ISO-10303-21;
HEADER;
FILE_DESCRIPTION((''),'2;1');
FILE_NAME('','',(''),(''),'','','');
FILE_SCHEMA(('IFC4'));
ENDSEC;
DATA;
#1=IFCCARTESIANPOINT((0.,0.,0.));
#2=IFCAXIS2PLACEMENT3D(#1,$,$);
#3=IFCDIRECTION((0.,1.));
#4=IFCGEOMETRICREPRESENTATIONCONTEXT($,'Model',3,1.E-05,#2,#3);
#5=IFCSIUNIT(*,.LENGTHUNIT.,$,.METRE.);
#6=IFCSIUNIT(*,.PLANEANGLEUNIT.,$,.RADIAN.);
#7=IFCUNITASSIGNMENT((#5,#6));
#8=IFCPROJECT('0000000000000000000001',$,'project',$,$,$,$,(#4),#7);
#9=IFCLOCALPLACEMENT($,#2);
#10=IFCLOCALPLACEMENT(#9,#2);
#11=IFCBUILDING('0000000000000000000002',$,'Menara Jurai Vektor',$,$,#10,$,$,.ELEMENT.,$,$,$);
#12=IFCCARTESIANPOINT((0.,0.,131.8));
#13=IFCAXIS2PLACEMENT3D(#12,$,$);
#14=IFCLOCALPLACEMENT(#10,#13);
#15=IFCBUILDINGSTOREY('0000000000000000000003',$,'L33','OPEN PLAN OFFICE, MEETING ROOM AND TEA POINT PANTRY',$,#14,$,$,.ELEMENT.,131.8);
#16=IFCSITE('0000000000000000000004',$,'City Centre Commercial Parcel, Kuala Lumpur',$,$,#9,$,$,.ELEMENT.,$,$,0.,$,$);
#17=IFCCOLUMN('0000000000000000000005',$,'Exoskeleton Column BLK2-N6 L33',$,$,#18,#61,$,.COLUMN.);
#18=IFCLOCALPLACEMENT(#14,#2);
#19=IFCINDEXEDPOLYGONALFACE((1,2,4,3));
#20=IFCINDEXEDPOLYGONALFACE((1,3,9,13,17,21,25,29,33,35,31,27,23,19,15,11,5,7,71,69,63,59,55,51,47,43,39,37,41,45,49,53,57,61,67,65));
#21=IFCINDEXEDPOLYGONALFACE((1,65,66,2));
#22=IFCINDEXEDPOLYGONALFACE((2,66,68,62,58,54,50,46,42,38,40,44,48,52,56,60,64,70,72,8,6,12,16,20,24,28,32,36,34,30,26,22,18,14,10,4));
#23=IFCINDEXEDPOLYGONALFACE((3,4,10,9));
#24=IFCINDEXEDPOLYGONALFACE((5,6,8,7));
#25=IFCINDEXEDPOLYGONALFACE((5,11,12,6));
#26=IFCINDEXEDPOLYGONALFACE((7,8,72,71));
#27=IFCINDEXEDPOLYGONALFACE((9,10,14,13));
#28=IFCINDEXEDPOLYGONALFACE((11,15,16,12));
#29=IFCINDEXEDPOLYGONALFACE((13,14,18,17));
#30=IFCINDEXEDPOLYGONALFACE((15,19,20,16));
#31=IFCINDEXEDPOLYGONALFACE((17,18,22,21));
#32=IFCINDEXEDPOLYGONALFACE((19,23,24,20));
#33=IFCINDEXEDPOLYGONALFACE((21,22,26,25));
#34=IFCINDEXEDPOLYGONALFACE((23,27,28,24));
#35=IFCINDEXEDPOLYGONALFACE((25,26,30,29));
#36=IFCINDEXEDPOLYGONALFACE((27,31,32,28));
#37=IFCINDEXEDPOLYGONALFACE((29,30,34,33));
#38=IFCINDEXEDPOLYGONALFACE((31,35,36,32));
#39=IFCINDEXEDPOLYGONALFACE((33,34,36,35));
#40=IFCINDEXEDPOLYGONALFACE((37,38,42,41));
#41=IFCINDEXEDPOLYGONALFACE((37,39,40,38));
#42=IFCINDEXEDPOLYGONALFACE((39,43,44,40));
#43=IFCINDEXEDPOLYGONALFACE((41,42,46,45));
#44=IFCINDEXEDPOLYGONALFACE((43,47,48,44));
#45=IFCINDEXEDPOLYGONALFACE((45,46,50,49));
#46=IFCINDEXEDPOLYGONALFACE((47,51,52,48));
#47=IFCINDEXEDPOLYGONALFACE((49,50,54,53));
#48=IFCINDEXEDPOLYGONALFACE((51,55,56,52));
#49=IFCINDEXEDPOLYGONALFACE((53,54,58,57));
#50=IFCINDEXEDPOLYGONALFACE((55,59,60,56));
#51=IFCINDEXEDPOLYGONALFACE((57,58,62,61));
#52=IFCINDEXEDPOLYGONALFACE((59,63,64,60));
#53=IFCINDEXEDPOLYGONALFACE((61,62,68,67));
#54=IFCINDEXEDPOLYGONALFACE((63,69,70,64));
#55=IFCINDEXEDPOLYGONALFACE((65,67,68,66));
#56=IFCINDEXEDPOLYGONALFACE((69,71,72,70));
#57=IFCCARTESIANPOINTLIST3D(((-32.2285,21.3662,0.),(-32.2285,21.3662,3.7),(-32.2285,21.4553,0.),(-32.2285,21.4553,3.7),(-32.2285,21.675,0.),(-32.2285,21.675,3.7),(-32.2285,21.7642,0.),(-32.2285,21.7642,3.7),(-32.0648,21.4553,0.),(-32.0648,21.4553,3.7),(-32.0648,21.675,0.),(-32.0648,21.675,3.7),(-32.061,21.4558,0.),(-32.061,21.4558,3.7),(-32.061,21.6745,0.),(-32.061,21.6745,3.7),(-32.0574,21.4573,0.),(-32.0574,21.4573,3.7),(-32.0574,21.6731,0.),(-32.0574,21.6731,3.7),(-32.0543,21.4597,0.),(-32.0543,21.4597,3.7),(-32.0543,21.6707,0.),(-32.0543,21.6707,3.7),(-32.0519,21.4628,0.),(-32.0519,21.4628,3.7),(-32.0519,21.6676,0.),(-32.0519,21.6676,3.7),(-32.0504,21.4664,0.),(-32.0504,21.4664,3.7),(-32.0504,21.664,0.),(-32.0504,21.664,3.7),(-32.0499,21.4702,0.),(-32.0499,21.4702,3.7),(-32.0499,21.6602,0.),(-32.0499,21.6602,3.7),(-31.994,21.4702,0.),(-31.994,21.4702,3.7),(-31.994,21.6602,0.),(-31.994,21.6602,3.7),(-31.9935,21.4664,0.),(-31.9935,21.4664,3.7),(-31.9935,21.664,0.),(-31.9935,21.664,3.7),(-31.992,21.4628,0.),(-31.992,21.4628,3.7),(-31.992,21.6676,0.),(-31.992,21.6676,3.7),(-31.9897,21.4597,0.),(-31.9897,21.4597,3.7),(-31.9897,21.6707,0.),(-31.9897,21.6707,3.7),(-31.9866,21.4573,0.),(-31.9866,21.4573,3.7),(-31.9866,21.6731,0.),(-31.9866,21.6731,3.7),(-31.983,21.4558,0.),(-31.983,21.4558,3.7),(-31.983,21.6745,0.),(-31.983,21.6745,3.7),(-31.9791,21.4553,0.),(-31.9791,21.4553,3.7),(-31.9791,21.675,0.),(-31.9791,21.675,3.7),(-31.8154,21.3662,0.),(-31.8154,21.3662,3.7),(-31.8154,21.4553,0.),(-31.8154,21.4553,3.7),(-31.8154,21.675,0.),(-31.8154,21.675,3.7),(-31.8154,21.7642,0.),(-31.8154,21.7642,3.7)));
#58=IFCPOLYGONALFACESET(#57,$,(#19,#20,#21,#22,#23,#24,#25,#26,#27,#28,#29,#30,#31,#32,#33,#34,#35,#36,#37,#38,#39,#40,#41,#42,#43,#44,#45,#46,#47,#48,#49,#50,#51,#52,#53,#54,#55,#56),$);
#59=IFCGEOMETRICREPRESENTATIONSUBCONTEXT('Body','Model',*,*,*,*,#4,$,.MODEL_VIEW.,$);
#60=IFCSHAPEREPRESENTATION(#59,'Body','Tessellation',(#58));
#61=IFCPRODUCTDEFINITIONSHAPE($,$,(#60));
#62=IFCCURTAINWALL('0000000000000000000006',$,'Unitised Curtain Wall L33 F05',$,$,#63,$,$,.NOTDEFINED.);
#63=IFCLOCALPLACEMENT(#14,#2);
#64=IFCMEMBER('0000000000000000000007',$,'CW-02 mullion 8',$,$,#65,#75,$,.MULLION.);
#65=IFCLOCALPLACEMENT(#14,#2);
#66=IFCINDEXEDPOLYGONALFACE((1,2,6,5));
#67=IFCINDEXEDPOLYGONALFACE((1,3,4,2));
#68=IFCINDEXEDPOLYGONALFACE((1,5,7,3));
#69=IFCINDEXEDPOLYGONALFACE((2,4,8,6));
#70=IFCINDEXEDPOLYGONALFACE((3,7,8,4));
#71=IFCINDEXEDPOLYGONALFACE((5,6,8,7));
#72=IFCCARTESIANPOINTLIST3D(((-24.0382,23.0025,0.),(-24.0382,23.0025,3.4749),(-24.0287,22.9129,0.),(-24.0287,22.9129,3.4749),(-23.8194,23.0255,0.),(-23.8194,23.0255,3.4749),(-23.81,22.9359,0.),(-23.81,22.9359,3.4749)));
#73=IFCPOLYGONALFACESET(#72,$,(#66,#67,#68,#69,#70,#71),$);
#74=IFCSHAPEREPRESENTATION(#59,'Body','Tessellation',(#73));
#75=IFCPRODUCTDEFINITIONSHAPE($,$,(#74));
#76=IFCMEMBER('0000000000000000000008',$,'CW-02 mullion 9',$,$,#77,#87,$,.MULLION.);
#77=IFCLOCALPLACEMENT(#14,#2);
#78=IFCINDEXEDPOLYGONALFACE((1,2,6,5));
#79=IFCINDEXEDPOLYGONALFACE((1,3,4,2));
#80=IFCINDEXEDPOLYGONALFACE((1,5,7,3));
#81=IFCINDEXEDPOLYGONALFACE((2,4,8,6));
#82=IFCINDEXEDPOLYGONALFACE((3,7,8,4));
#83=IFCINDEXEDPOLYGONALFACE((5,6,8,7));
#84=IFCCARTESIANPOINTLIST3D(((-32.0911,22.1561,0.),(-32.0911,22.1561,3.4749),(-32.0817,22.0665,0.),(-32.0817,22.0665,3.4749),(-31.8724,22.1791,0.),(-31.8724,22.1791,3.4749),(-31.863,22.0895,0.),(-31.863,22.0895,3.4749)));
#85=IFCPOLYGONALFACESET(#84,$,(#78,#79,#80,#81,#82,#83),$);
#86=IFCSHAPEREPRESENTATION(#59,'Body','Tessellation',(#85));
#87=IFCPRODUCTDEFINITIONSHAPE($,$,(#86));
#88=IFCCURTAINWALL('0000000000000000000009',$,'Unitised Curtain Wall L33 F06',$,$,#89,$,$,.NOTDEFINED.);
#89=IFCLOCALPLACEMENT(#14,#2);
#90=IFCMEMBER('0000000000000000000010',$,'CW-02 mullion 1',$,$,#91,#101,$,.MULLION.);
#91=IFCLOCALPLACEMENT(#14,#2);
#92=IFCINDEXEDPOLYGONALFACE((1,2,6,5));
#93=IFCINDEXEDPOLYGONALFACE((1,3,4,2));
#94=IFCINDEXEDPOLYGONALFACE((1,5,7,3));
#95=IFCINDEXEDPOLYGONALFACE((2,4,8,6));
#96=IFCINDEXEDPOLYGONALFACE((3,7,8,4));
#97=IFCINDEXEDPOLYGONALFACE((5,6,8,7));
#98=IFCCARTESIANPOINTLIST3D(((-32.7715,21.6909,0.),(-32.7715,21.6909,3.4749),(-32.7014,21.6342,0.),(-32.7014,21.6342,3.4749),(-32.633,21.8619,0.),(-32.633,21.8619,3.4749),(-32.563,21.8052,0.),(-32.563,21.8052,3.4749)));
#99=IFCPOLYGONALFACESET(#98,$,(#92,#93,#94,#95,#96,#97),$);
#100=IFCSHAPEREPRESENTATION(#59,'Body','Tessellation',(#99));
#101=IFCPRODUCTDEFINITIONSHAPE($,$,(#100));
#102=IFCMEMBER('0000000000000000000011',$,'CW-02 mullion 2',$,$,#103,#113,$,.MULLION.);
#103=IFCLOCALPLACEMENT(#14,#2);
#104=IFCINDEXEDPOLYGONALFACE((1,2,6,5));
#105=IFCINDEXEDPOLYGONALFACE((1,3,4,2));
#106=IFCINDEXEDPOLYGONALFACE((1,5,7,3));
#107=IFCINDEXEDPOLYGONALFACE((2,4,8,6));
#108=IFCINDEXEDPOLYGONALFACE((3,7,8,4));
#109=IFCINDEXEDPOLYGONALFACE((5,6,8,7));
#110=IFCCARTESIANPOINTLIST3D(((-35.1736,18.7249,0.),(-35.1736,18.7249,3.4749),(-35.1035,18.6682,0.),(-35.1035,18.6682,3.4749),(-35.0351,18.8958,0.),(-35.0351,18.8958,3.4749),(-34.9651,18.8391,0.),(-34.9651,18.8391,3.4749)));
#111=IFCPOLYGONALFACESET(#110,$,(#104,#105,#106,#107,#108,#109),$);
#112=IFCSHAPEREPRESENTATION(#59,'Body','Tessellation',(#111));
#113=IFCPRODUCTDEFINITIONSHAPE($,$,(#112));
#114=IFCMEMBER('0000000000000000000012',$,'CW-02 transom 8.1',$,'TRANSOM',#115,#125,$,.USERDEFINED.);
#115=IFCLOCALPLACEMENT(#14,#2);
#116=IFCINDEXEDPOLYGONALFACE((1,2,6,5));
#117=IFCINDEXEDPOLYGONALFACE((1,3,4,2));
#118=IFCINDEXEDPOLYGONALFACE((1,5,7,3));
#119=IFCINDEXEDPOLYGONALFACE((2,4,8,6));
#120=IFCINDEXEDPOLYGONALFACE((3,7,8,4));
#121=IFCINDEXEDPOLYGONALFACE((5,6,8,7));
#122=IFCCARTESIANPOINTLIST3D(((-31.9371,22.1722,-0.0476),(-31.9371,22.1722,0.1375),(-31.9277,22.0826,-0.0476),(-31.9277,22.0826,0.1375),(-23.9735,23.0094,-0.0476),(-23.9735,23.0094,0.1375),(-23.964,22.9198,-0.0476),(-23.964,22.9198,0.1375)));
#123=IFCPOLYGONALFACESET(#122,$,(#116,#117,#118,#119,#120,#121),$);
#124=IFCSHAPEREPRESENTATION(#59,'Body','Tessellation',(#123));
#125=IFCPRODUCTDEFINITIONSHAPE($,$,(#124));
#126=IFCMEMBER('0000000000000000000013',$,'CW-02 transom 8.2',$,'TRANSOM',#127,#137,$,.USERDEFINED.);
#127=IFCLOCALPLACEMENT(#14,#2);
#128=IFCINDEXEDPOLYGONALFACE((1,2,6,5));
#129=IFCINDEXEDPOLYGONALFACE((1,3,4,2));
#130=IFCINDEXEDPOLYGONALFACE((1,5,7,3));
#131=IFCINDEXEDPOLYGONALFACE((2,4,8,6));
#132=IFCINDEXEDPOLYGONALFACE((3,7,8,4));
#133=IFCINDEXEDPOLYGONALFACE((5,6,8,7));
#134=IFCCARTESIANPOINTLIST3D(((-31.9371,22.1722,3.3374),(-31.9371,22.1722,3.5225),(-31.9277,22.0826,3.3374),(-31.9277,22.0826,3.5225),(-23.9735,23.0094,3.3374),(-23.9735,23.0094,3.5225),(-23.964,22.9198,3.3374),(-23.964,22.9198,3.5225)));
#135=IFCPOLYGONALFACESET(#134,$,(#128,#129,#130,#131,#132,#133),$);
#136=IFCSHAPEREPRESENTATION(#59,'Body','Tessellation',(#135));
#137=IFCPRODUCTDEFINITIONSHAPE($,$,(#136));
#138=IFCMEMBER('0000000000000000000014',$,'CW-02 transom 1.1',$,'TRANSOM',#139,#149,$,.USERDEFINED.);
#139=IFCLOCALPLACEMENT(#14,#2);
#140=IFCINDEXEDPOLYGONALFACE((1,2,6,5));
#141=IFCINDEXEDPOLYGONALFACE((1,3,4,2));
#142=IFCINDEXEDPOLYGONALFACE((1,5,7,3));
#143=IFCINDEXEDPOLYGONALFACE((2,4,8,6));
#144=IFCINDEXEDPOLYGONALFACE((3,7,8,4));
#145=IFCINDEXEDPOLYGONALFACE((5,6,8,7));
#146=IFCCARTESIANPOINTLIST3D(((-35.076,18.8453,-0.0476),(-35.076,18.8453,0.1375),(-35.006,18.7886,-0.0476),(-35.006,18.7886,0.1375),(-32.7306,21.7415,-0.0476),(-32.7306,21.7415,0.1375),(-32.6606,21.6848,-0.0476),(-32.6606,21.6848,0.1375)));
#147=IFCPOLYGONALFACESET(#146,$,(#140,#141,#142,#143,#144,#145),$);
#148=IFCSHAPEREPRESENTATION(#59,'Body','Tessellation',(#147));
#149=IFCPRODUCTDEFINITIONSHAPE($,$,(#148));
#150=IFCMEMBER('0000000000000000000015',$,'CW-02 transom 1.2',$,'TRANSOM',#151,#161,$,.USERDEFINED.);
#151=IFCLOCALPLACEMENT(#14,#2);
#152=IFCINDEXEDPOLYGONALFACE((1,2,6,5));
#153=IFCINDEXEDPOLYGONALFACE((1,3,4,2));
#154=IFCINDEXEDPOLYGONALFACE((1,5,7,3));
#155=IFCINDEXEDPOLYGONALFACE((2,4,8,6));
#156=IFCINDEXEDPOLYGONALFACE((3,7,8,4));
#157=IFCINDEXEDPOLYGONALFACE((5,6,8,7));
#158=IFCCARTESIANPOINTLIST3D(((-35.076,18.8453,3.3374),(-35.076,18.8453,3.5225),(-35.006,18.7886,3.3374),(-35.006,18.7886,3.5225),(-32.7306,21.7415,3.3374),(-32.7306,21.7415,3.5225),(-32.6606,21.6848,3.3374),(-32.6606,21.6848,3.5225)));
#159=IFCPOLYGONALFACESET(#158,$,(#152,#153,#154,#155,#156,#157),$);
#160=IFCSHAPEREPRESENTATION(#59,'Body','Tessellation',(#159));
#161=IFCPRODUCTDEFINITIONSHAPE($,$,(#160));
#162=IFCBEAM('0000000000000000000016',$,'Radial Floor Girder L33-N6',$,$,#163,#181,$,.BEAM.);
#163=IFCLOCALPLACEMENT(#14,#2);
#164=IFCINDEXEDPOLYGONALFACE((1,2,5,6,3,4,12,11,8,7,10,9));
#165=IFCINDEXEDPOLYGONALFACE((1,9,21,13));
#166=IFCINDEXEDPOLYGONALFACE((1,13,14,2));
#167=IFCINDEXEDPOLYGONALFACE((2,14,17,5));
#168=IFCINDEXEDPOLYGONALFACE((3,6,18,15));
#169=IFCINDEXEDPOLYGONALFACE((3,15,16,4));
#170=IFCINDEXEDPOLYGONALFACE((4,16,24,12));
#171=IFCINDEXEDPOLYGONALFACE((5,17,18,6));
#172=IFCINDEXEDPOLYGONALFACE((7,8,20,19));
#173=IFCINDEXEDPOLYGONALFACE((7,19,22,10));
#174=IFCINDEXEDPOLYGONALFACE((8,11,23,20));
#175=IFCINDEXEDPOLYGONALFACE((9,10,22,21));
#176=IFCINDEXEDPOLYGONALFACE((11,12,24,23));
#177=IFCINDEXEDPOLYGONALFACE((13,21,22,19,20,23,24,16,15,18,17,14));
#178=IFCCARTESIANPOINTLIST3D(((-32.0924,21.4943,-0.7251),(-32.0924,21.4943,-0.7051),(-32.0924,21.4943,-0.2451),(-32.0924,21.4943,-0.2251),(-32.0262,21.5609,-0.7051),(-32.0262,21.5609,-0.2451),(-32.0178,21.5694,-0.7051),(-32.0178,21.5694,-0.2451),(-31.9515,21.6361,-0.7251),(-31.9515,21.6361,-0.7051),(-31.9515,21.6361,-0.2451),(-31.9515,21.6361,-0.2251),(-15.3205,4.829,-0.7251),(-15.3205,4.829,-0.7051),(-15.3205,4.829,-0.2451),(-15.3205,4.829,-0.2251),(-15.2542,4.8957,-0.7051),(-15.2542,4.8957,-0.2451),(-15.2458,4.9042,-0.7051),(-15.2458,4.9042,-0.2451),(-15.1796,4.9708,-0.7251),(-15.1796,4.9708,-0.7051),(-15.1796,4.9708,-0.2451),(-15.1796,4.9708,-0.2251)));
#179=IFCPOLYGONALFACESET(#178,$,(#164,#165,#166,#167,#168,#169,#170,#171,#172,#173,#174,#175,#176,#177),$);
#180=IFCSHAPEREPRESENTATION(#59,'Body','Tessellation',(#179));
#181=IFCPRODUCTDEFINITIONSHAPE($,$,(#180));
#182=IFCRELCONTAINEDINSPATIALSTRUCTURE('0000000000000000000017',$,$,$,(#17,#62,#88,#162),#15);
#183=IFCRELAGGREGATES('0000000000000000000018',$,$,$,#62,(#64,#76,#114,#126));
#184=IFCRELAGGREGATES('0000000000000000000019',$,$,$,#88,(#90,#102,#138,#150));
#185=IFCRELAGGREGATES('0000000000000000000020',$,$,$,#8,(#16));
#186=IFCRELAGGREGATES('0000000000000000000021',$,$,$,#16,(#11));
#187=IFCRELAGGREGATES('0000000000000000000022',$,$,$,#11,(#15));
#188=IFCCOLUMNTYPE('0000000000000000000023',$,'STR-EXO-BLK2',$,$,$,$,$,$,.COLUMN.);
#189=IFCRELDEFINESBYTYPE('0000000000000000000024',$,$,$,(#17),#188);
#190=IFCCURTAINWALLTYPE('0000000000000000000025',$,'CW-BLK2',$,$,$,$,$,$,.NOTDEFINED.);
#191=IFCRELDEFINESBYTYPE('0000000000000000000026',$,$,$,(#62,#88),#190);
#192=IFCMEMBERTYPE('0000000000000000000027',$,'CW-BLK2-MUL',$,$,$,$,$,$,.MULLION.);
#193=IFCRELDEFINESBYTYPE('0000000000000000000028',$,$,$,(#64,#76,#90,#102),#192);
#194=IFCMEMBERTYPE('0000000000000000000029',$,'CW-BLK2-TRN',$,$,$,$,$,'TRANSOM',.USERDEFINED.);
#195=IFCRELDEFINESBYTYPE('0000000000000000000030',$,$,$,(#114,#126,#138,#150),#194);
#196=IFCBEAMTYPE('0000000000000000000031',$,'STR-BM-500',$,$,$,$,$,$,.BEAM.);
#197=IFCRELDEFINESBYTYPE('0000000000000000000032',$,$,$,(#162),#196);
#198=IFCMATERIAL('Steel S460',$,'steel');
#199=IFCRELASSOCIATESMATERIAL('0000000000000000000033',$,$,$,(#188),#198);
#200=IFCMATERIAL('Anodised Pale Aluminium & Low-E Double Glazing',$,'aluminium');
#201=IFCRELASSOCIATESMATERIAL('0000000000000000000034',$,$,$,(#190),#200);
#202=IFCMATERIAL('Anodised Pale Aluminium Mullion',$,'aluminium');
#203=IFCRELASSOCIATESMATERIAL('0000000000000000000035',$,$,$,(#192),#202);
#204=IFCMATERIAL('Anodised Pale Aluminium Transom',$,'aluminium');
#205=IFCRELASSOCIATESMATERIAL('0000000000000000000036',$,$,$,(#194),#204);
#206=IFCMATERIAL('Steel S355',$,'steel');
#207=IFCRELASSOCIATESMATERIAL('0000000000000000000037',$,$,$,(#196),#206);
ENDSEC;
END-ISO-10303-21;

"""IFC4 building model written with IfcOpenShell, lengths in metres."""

from ifc_helpers import new_model, si_unit, direction, frame, origin, origin_2d, place, context, subcontext, project, spatial, rectangle, i_section, extrude, material, material_profile, profile_set, type_object, element, aggregate, save


model = new_model("IFC4")

# Units and contexts
model_context = context("Model", 3, precision=1e-05, world=origin(), true_north=direction((0.0, 1.0)))
body_context = subcontext(model_context, "Body", "Model", "MODEL_VIEW")
ifc_project = project(units=[si_unit("LENGTHUNIT", "METRE"), si_unit("PLANEANGLEUNIT", "RADIAN")], contexts=[model_context])

# Site, building, storey
site_placement = place(None, origin())
site = spatial("IfcSite", under=ifc_project, at=site_placement, Name="City Centre Commercial Parcel, Kuala Lumpur", CompositionType="ELEMENT", RefElevation=0.0)
building_placement = place(site_placement, origin())
building = spatial("IfcBuilding", under=site, at=building_placement, Name="Menara Jurai Vektor", CompositionType="ELEMENT")
storey_placement = place(building_placement, frame((0.0, 0.0, 131.8)))
storey = spatial("IfcBuildingStorey", under=building, at=storey_placement, Name="L33", Description="OPEN PLAN OFFICE, MEETING ROOM AND TEA POINT PANTRY", CompositionType="ELEMENT", Elevation=131.8)

# Column
ifc_material_1 = material(Name="Steel S460", Category="steel")
ifc_material_profile_1 = material_profile(ifc_material_1, i_section(OverallWidth=0.4131, OverallDepth=0.3979, WebThickness=0.0559, FlangeThickness=0.0891, FilletRadius=0.0149, at=origin_2d()), Name="HD 400x744")
ifc_profile_set_1 = profile_set([ifc_material_profile_1], Name="Steel S460")
column_type = type_object("IfcColumnType", Name="STR-EXO-BLK2", PredefinedType="COLUMN", material=ifc_profile_set_1)
column_placement = place(storey_placement, frame((-32.022, 21.5652, 0.0), z_axis=(0.0, 0.0, 1.0), x_axis=(1.0, 0.0, 0.0)))
element("IfcColumn", 1, at=column_placement, inside=storey, type_object=column_type, Name="Exoskeleton Column BLK2-N6 L33", PredefinedType="COLUMN", context=body_context, shape_type="SweptSolid", body=[
    extrude(i_section(OverallWidth=0.4131, OverallDepth=0.3979, WebThickness=0.0559, FlangeThickness=0.0891, FilletRadius=0.0149, at=origin_2d()), origin(), (0.0, 0.0, 1.0), 3.7),
])

# Curtain walls, members
ifc_material_2 = material(Name="Anodised Pale Aluminium & Low-E Double Glazing", Category="aluminium")
curtain_wall_type = type_object("IfcCurtainWallType", Name="CW-BLK2", PredefinedType="NOTDEFINED", material=ifc_material_2)
curtain_wall_1_placement = place(storey_placement, origin())
curtain_wall_1 = element("IfcCurtainWall", 2, at=curtain_wall_1_placement, inside=storey, type_object=curtain_wall_type, Name="Unitised Curtain Wall L33 F05", PredefinedType="NOTDEFINED")
ifc_material_3 = material(Name="Anodised Pale Aluminium Mullion", Category="aluminium")
ifc_material_profile_2 = material_profile(ifc_material_3, rectangle(XDim=0.0901, YDim=0.22, at=origin_2d()), Name="ALU MUL 90x220")
ifc_profile_set_2 = profile_set([ifc_material_profile_2], Name="Anodised Pale Aluminium Mullion")
member_type_1 = type_object("IfcMemberType", Name="CW-BLK2-MUL", PredefinedType="MULLION", material=ifc_profile_set_2)
member_1_placement = place(storey_placement, frame((-23.9241, 22.9692, 0.0), z_axis=(0.0, 0.0, 1.0), x_axis=(0.104529, -0.994522, 0.0)))
member_1 = element("IfcMember", 3, at=member_1_placement, type_object=member_type_1, Name="CW-02 mullion 8", PredefinedType="MULLION", context=body_context, shape_type="SweptSolid", body=[
    extrude(rectangle(XDim=0.0901, YDim=0.22, at=origin_2d()), origin(), (0.0, 0.0, 1.0), 3.4749),
])
member_2_placement = place(storey_placement, frame((-31.9771, 22.1228, 0.0), z_axis=(0.0, 0.0, 1.0), x_axis=(0.104529, -0.994522, 0.0)))
member_2 = element("IfcMember", 4, at=member_2_placement, type_object=member_type_1, Name="CW-02 mullion 9", PredefinedType="MULLION", context=body_context, shape_type="SweptSolid", body=[
    extrude(rectangle(XDim=0.0901, YDim=0.22, at=origin_2d()), origin(), (0.0, 0.0, 1.0), 3.4749),
])
curtain_wall_2_placement = place(storey_placement, origin())
curtain_wall_2 = element("IfcCurtainWall", 5, at=curtain_wall_2_placement, inside=storey, type_object=curtain_wall_type, Name="Unitised Curtain Wall L33 F06", PredefinedType="NOTDEFINED")
member_3_placement = place(storey_placement, frame((-32.6672, 21.748, 0.0), z_axis=(0.0, 0.0, 1.0), x_axis=(0.777129, -0.629341, 0.0)))
member_3 = element("IfcMember", 6, at=member_3_placement, type_object=member_type_1, Name="CW-02 mullion 1", PredefinedType="MULLION", context=body_context, shape_type="SweptSolid", body=[
    extrude(rectangle(XDim=0.0901, YDim=0.22, at=origin_2d()), origin(), (0.0, 0.0, 1.0), 3.4749),
])
member_4_placement = place(storey_placement, frame((-35.0693, 18.782, 0.0), z_axis=(0.0, 0.0, 1.0), x_axis=(0.777129, -0.629341, 0.0)))
member_4 = element("IfcMember", 7, at=member_4_placement, type_object=member_type_1, Name="CW-02 mullion 2", PredefinedType="MULLION", context=body_context, shape_type="SweptSolid", body=[
    extrude(rectangle(XDim=0.0901, YDim=0.22, at=origin_2d()), origin(), (0.0, 0.0, 1.0), 3.4749),
])

# Members
ifc_material_4 = material(Name="Anodised Pale Aluminium Transom", Category="aluminium")
ifc_material_profile_3 = material_profile(ifc_material_4, rectangle(XDim=0.0901, YDim=0.1851, at=origin_2d()), Name="ALU TRN 90x185")
ifc_profile_set_3 = profile_set([ifc_material_profile_3], Name="Anodised Pale Aluminium Transom")
member_type_2 = type_object("IfcMemberType", Name="CW-BLK2-TRN", ElementType="TRANSOM", PredefinedType="USERDEFINED", material=ifc_profile_set_3)
member_5_placement = place(storey_placement, frame((-23.9688, 22.9646, 0.0449), z_axis=(-0.99452, -0.104547, 0.0), x_axis=(0.104547, -0.99452, 0.0)))
member_5 = element("IfcMember", 8, at=member_5_placement, type_object=member_type_2, Name="CW-02 transom 8.1", ObjectType="TRANSOM", PredefinedType="USERDEFINED", context=body_context, shape_type="SweptSolid", body=[
    extrude(rectangle(XDim=0.0901, YDim=0.1851, at=origin_2d()), origin(), (0.0, 0.0, 1.0), 8.0076),
])
member_6_placement = place(storey_placement, frame((-23.9688, 22.9646, 3.4299), z_axis=(-0.99452, -0.104547, 0.0), x_axis=(0.104547, -0.99452, 0.0)))
member_6 = element("IfcMember", 9, at=member_6_placement, type_object=member_type_2, Name="CW-02 transom 8.2", ObjectType="TRANSOM", PredefinedType="USERDEFINED", context=body_context, shape_type="SweptSolid", body=[
    extrude(rectangle(XDim=0.0901, YDim=0.1851, at=origin_2d()), origin(), (0.0, 0.0, 1.0), 8.0076),
])
member_7_placement = place(storey_placement, frame((-32.6956, 21.7131, 0.0449), z_axis=(-0.629341, -0.777129, 0.0), x_axis=(0.777129, -0.629341, 0.0)))
member_7 = element("IfcMember", 10, at=member_7_placement, type_object=member_type_2, Name="CW-02 transom 1.1", ObjectType="TRANSOM", PredefinedType="USERDEFINED", context=body_context, shape_type="SweptSolid", body=[
    extrude(rectangle(XDim=0.0901, YDim=0.1851, at=origin_2d()), origin(), (0.0, 0.0, 1.0), 3.7268),
])
member_8_placement = place(storey_placement, frame((-32.6956, 21.7131, 3.4299), z_axis=(-0.629341, -0.777129, 0.0), x_axis=(0.777129, -0.629341, 0.0)))
member_8 = element("IfcMember", 11, at=member_8_placement, type_object=member_type_2, Name="CW-02 transom 1.2", ObjectType="TRANSOM", PredefinedType="USERDEFINED", context=body_context, shape_type="SweptSolid", body=[
    extrude(rectangle(XDim=0.0901, YDim=0.1851, at=origin_2d()), origin(), (0.0, 0.0, 1.0), 3.7268),
])

# Beam
ifc_material_5 = material(Name="Steel S355", Category="steel")
ifc_material_profile_4 = material_profile(ifc_material_5, i_section(OverallWidth=0.2, OverallDepth=0.5, WebThickness=0.012, FlangeThickness=0.02, at=origin_2d()), Name="PG 500x200x96")
ifc_profile_set_4 = profile_set([ifc_material_profile_4], Name="Steel S355")
beam_type_1 = type_object("IfcBeamType", Name="STR-BM-500", PredefinedType="BEAM", material=ifc_profile_set_4)
beam_1_placement = place(storey_placement, frame((-32.022, 21.5652, -0.4751), z_axis=(0.709359, -0.704847, 0.0), x_axis=(0.704847, 0.709359, 0.0)))
element("IfcBeam", 12, at=beam_1_placement, inside=storey, type_object=beam_type_1, Name="Radial Floor Girder L33-N6", PredefinedType="BEAM", context=body_context, shape_type="SweptSolid", body=[
    extrude(i_section(OverallWidth=0.2, OverallDepth=0.5, WebThickness=0.012, FlangeThickness=0.02, at=origin_2d()), origin(), (0.0, 0.0, 1.0), 23.6438),
])

aggregate(curtain_wall_1, [member_1, member_2, member_5, member_6])
aggregate(curtain_wall_2, [member_3, member_4, member_7, member_8])

save(model, "model.ifc")
